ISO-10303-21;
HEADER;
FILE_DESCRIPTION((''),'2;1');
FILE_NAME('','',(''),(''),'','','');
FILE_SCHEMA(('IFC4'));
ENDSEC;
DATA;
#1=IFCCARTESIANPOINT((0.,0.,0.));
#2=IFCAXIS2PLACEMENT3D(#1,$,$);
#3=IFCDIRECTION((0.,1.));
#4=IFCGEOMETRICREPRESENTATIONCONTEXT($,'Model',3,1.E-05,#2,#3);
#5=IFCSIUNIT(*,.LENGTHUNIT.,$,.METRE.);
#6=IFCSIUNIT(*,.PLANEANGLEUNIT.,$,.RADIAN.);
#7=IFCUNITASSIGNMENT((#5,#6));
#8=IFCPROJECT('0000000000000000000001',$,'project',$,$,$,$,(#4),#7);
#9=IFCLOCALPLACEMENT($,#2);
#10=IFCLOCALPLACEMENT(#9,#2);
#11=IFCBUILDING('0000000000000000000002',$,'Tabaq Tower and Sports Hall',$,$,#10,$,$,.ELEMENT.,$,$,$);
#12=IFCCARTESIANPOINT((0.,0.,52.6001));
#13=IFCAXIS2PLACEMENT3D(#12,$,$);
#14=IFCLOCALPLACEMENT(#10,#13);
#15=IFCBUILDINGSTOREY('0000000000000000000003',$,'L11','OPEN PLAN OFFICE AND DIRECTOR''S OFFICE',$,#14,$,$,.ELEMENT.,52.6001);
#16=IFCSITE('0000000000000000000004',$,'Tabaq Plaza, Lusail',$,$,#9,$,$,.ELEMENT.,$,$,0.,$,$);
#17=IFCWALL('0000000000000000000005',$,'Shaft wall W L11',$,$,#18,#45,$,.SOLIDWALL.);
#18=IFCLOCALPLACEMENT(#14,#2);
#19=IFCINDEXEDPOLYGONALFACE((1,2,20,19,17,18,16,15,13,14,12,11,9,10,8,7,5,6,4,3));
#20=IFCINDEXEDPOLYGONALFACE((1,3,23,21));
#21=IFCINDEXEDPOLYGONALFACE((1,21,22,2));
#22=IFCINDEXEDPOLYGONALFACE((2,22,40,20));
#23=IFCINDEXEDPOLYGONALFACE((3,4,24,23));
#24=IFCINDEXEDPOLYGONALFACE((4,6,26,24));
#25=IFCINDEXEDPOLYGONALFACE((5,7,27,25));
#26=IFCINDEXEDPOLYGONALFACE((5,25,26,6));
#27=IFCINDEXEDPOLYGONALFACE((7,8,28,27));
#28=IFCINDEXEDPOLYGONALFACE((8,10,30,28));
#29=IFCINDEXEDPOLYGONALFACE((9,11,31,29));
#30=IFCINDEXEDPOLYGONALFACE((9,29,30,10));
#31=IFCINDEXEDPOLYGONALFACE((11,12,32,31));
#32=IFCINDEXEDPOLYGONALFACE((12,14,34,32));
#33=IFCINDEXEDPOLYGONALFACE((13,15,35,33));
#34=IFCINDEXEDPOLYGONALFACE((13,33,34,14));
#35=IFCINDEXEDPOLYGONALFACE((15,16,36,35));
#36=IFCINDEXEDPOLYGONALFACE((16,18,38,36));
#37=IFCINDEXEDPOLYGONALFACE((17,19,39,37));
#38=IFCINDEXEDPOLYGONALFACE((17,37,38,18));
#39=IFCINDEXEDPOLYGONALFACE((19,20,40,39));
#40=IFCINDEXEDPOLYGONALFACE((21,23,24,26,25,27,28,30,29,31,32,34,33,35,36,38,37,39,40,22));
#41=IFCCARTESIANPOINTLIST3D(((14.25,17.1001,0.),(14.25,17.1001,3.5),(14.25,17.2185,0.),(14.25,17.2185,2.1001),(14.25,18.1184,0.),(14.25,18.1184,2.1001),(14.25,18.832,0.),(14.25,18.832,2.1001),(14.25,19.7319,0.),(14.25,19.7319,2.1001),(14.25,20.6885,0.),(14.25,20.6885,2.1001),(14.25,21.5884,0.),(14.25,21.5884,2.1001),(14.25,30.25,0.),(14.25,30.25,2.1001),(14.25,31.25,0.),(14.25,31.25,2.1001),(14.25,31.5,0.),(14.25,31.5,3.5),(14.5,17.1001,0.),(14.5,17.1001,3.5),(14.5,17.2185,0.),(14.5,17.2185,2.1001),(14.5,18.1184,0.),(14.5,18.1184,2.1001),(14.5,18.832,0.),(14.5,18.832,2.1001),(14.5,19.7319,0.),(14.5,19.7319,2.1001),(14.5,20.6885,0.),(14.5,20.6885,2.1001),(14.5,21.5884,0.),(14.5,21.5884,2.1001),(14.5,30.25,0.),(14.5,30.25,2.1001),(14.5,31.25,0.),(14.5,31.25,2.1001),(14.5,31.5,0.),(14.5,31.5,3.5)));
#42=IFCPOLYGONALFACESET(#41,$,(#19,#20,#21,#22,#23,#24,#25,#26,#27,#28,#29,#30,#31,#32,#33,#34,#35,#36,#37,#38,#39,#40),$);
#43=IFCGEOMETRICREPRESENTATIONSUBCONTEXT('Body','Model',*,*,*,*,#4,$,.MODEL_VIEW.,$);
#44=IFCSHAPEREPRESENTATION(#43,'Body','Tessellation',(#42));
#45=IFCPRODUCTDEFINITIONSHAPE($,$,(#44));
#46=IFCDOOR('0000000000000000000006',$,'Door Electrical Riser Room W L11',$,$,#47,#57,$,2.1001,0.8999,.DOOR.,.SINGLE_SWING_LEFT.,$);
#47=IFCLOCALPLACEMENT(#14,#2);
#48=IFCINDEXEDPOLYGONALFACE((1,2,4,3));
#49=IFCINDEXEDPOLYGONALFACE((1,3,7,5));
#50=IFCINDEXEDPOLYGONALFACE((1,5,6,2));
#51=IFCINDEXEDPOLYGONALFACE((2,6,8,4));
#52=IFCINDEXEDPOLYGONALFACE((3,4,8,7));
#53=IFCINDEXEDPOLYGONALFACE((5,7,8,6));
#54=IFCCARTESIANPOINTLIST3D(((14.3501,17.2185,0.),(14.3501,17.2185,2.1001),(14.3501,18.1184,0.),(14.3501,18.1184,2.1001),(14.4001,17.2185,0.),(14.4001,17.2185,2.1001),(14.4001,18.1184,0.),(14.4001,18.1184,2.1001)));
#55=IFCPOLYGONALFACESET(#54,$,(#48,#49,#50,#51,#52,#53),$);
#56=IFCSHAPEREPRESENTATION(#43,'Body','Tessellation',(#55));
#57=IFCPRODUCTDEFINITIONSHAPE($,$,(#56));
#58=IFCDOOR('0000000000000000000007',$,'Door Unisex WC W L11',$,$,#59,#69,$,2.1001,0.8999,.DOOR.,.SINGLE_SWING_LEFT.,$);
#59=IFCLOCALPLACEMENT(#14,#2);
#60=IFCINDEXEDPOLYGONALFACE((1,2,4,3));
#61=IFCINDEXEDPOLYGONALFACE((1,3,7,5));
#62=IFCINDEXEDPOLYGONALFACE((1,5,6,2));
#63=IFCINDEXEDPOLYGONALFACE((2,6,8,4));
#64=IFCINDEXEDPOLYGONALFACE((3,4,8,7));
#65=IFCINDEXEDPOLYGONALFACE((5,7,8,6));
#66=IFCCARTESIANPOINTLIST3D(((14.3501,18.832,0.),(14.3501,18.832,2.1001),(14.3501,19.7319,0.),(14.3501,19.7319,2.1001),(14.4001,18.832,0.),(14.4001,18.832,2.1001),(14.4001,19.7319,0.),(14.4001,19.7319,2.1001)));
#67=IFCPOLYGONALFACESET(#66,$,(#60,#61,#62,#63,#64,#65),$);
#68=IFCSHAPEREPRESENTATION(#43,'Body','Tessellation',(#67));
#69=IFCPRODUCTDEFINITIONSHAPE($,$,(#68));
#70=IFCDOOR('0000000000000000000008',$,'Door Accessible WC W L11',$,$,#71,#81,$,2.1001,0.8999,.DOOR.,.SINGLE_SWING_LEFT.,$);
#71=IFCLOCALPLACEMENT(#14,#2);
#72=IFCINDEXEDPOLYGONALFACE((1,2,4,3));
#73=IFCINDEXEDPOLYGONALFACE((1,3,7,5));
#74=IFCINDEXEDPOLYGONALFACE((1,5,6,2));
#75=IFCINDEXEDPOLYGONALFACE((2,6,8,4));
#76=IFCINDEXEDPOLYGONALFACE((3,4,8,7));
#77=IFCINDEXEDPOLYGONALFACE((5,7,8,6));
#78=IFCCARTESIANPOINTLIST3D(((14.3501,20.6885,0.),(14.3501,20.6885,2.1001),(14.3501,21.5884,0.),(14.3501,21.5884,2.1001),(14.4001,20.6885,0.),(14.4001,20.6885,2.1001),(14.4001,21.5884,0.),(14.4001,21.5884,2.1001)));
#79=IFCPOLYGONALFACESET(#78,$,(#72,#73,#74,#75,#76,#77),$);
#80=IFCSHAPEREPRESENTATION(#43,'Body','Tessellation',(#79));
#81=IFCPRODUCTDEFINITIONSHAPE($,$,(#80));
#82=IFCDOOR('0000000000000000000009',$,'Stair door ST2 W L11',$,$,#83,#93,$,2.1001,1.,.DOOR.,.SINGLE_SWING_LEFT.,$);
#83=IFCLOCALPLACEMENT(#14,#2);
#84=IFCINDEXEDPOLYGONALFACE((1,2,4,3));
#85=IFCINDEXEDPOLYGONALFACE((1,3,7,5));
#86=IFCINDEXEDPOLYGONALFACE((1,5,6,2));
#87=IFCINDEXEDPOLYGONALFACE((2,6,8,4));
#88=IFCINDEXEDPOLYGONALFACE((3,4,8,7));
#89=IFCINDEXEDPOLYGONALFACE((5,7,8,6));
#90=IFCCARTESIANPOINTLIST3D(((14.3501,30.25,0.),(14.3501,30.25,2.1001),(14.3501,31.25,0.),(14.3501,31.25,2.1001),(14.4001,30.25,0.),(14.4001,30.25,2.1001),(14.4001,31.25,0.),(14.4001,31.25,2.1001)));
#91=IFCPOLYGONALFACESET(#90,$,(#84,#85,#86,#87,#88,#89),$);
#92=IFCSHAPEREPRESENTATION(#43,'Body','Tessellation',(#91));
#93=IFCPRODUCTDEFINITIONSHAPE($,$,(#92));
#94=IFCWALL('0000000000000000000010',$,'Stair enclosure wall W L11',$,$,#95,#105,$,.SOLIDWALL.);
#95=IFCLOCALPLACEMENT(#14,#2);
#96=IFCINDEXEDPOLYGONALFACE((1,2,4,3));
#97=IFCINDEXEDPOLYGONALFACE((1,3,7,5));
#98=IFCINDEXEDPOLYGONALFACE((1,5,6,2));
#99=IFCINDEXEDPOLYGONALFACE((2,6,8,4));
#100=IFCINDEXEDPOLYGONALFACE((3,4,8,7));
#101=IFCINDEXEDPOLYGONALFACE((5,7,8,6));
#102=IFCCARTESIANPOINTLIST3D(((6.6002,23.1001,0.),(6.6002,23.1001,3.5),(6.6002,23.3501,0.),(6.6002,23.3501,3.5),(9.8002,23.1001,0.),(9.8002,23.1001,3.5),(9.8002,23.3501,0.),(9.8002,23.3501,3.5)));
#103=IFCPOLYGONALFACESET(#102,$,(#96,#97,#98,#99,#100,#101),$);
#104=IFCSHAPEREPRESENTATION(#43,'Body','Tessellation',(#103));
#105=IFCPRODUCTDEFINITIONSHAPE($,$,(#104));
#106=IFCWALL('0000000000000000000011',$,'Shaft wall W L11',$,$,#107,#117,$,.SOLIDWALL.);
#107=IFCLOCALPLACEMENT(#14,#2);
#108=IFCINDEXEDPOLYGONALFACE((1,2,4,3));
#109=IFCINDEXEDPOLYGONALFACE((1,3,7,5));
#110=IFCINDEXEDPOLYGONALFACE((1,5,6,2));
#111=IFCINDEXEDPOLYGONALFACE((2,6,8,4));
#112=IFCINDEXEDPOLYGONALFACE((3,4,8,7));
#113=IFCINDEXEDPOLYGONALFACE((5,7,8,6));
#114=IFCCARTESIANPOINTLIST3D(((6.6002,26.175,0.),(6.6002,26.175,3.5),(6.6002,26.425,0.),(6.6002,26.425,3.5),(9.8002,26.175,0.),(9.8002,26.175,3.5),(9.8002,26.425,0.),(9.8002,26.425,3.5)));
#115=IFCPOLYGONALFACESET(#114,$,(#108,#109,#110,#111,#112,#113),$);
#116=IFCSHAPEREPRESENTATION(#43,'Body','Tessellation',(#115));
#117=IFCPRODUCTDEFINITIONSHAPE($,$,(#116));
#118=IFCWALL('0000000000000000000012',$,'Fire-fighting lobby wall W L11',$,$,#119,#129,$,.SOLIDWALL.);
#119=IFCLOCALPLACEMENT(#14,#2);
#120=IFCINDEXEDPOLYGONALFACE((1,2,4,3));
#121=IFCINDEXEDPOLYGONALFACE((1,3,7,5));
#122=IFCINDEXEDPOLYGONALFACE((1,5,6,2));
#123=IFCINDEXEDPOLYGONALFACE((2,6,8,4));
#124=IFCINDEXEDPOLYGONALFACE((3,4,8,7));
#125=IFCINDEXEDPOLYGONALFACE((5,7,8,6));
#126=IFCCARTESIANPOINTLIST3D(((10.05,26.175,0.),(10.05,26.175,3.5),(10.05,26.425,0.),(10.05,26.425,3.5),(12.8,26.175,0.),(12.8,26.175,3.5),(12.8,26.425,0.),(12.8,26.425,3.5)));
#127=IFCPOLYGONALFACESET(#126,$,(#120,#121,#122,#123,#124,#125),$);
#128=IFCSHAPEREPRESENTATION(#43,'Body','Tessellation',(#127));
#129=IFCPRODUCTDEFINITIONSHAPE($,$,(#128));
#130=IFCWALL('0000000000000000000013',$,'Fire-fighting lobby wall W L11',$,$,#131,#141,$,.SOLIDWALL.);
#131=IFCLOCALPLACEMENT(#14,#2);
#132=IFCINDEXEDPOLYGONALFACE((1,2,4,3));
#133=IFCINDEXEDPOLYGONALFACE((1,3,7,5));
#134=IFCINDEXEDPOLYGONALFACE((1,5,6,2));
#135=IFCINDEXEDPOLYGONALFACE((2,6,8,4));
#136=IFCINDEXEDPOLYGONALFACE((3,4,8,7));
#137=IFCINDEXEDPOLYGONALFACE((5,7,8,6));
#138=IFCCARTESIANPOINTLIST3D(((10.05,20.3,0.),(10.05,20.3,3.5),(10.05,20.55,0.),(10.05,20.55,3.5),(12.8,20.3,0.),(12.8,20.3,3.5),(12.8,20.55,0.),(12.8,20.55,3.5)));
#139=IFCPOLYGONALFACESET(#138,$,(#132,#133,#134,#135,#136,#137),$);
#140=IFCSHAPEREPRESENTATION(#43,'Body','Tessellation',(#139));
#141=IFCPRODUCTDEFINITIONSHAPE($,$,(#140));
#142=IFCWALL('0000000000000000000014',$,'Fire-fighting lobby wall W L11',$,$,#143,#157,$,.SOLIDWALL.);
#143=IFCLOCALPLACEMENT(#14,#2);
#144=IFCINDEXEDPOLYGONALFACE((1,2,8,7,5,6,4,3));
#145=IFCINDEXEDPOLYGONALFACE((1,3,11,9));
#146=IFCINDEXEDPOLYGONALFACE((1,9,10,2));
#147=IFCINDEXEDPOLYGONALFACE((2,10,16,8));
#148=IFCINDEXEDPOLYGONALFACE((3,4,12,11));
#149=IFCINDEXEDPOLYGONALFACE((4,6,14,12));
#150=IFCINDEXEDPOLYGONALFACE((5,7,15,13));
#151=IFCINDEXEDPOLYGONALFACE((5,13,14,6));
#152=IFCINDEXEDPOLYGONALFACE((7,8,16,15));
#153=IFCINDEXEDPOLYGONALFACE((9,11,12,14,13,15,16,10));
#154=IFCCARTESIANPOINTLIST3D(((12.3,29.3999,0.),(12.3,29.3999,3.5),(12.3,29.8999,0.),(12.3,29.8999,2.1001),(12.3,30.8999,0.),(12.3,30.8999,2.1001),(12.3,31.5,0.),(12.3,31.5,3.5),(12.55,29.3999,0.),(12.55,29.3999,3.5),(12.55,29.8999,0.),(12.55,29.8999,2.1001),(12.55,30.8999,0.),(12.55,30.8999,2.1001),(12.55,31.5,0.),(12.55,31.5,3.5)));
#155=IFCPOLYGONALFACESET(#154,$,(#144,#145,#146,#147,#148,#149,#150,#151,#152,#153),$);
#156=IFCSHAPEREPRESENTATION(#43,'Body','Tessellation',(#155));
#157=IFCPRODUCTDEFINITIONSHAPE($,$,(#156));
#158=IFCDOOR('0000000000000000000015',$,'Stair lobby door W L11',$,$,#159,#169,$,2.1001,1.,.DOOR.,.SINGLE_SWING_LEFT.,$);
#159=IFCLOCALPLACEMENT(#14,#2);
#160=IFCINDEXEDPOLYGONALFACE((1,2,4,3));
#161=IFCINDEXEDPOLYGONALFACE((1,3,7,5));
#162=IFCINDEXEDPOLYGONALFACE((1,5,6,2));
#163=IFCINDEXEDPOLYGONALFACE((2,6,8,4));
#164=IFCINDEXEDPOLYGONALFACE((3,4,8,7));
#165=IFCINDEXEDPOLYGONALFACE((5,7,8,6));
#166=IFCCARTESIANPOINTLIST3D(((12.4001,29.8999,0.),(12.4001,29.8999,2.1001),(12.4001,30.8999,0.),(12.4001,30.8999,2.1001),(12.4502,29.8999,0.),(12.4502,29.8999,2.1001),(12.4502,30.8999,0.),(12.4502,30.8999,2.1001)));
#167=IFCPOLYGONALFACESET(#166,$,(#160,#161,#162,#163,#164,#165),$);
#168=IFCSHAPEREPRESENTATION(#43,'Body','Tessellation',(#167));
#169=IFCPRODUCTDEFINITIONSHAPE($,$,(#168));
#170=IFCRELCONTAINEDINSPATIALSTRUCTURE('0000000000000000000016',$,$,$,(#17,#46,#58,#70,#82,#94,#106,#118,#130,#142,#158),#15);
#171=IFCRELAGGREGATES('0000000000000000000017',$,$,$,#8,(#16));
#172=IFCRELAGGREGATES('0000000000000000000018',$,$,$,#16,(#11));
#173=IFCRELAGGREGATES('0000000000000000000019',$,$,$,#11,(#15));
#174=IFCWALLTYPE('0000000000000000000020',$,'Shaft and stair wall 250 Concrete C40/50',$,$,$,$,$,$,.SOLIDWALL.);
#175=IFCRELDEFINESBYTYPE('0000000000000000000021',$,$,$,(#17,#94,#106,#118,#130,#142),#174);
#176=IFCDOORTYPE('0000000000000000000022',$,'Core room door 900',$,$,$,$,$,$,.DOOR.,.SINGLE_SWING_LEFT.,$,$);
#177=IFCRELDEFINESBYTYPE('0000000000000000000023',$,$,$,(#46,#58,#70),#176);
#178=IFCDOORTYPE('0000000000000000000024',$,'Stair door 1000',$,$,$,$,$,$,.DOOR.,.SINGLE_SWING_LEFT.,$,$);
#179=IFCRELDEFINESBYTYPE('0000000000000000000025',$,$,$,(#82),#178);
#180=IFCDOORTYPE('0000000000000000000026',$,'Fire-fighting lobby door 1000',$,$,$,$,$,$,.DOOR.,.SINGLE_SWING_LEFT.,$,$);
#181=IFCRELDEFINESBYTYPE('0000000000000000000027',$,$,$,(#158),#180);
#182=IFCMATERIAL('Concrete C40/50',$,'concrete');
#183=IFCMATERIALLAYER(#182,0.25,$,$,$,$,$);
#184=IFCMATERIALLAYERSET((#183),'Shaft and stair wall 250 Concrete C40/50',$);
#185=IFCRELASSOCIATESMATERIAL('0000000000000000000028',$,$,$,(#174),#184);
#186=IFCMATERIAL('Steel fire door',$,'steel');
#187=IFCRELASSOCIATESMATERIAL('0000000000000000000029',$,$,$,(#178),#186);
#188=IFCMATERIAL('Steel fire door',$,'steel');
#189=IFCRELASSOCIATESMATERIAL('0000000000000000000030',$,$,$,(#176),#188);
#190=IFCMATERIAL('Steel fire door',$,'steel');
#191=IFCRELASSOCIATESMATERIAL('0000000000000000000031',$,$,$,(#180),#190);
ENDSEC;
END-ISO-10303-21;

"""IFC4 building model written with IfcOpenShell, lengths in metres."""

from ifc_helpers import new_model, si_unit, direction, frame, frame_2d, origin, place, context, subcontext, project, spatial, rectangle, extrude, material, layer, layer_set, type_object, element, fill, save


model = new_model("IFC4")

# Units and contexts
model_context = context("Model", 3, precision=1e-05, world=origin(), true_north=direction((0.0, 1.0)))
body_context = subcontext(model_context, "Body", "Model", "MODEL_VIEW")
ifc_project = project(units=[si_unit("LENGTHUNIT", "METRE"), si_unit("PLANEANGLEUNIT", "RADIAN")], contexts=[model_context])

# Site, building, storey
site_placement = place(None, origin())
site = spatial("IfcSite", under=ifc_project, at=site_placement, Name="Tabaq Plaza, Lusail", CompositionType="ELEMENT", RefElevation=0.0)
building_placement = place(site_placement, origin())
building = spatial("IfcBuilding", under=site, at=building_placement, Name="Tabaq Tower and Sports Hall", CompositionType="ELEMENT")
storey_placement = place(building_placement, frame((0.0, 0.0, 52.6001)))
storey = spatial("IfcBuildingStorey", under=building, at=storey_placement, Name="L11", Description="OPEN PLAN OFFICE AND DIRECTOR'S OFFICE", CompositionType="ELEMENT", Elevation=52.6001)

# Wall, openings, doors
ifc_material_1 = material(Name="Concrete C40/50", Category="concrete")
ifc_layer_1 = layer(ifc_material_1, 0.25)
ifc_layer_set_1 = layer_set([ifc_layer_1], Name="Shaft and stair wall 250 Concrete C40/50")
wall_type_1 = type_object("IfcWallType", Name="Shaft and stair wall 250 Concrete C40/50", PredefinedType="SOLIDWALL", material=ifc_layer_set_1)
ifc_material_2 = material(Name="Steel fire door", Category="steel")
door_type_1 = type_object("IfcDoorType", Name="Stair door 1000", OperationType="SINGLE_SWING_LEFT", PredefinedType="DOOR", material=ifc_material_2)
wall_1_placement = place(storey_placement, frame((14.375, 17.1001, 0.0), z_axis=(0.0, 0.0, 1.0), x_axis=(0.0, 1.0, 0.0)))
wall_1 = element("IfcWall", 1, at=wall_1_placement, inside=storey, type_object=wall_type_1, Name="Shaft wall W L11", PredefinedType="SOLIDWALL", context=body_context, shape_type="SweptSolid", body=[
    extrude(rectangle(XDim=14.3999, YDim=0.25, at=frame_2d((7.2, 0.0))), origin(), (0.0, 0.0, 1.0), 3.5),
])
opening_1_placement = place(wall_1_placement, frame((13.1499, 0.0, 0.0)))
opening_1 = element("IfcOpeningElement", 2, at=opening_1_placement, cuts=wall_1, PredefinedType="OPENING", context=body_context, shape_type="SweptSolid", body=[
    extrude(rectangle(XDim=1.0, YDim=2.1001, at=frame_2d((0.5, 1.05))), frame((0.0, 0.125, 0.0), z_axis=(0.0, -1.0, 0.0), x_axis=(1.0, 0.0, 0.0)), (0.0, 0.0, 1.0), 0.25),
])
opening_2_placement = place(wall_1_placement, frame((0.1184, 0.0, 0.0)))
opening_2 = element("IfcOpeningElement", 3, at=opening_2_placement, cuts=wall_1, PredefinedType="OPENING", context=body_context, shape_type="SweptSolid", body=[
    extrude(rectangle(XDim=0.8999, YDim=2.1001, at=frame_2d((0.45, 1.05))), frame((0.0, 0.125, 0.0), z_axis=(0.0, -1.0, 0.0), x_axis=(1.0, 0.0, 0.0)), (0.0, 0.0, 1.0), 0.25),
])
opening_3_placement = place(wall_1_placement, frame((1.7319, 0.0, 0.0)))
opening_3 = element("IfcOpeningElement", 4, at=opening_3_placement, cuts=wall_1, PredefinedType="OPENING", context=body_context, shape_type="SweptSolid", body=[
    extrude(rectangle(XDim=0.8999, YDim=2.1001, at=frame_2d((0.45, 1.05))), frame((0.0, 0.125, 0.0), z_axis=(0.0, -1.0, 0.0), x_axis=(1.0, 0.0, 0.0)), (0.0, 0.0, 1.0), 0.25),
])
opening_4_placement = place(wall_1_placement, frame((3.5884, 0.0, 0.0)))
opening_4 = element("IfcOpeningElement", 5, at=opening_4_placement, cuts=wall_1, PredefinedType="OPENING", context=body_context, shape_type="SweptSolid", body=[
    extrude(rectangle(XDim=0.8999, YDim=2.1001, at=frame_2d((0.45, 1.05))), frame((0.0, 0.125, 0.0), z_axis=(0.0, -1.0, 0.0), x_axis=(1.0, 0.0, 0.0)), (0.0, 0.0, 1.0), 0.25),
])
ifc_material_3 = material(Name="Steel fire door", Category="steel")
door_type_2 = type_object("IfcDoorType", Name="Core room door 900", OperationType="SINGLE_SWING_LEFT", PredefinedType="DOOR", material=ifc_material_3)
door_1_placement = place(opening_2_placement, origin())
door_1 = element("IfcDoor", 6, at=door_1_placement, inside=storey, type_object=door_type_2, Name="Door Electrical Riser Room W L11", OperationType="SINGLE_SWING_LEFT", OverallHeight=2.1001, OverallWidth=0.8999, PredefinedType="DOOR", context=body_context, shape_type="SweptSolid", body=[
    extrude(rectangle(XDim=0.8999, YDim=2.1001, at=frame_2d((0.45, 1.05))), frame((0.0, 0.0249, 0.0), z_axis=(0.0, -1.0, 0.0), x_axis=(1.0, 0.0, 0.0)), (0.0, 0.0, 1.0), 0.05),
])
fill(opening_2, door_1)
door_2_placement = place(opening_3_placement, origin())
door_2 = element("IfcDoor", 7, at=door_2_placement, inside=storey, type_object=door_type_2, Name="Door Unisex WC W L11", OperationType="SINGLE_SWING_LEFT", OverallHeight=2.1001, OverallWidth=0.8999, PredefinedType="DOOR", context=body_context, shape_type="SweptSolid", body=[
    extrude(rectangle(XDim=0.8999, YDim=2.1001, at=frame_2d((0.45, 1.05))), frame((0.0, 0.0249, 0.0), z_axis=(0.0, -1.0, 0.0), x_axis=(1.0, 0.0, 0.0)), (0.0, 0.0, 1.0), 0.05),
])
fill(opening_3, door_2)
door_3_placement = place(opening_4_placement, origin())
door_3 = element("IfcDoor", 8, at=door_3_placement, inside=storey, type_object=door_type_2, Name="Door Accessible WC W L11", OperationType="SINGLE_SWING_LEFT", OverallHeight=2.1001, OverallWidth=0.8999, PredefinedType="DOOR", context=body_context, shape_type="SweptSolid", body=[
    extrude(rectangle(XDim=0.8999, YDim=2.1001, at=frame_2d((0.45, 1.05))), frame((0.0, 0.0249, 0.0), z_axis=(0.0, -1.0, 0.0), x_axis=(1.0, 0.0, 0.0)), (0.0, 0.0, 1.0), 0.05),
])
fill(opening_4, door_3)
door_4_placement = place(opening_1_placement, origin())
door_4 = element("IfcDoor", 9, at=door_4_placement, inside=storey, type_object=door_type_1, Name="Stair door ST2 W L11", OperationType="SINGLE_SWING_LEFT", OverallHeight=2.1001, OverallWidth=1.0, PredefinedType="DOOR", context=body_context, shape_type="SweptSolid", body=[
    extrude(rectangle(XDim=1.0, YDim=2.1001, at=frame_2d((0.5, 1.05))), frame((0.0, 0.0249, 0.0), z_axis=(0.0, -1.0, 0.0), x_axis=(1.0, 0.0, 0.0)), (0.0, 0.0, 1.0), 0.05),
])
fill(opening_1, door_4)

# Walls
for number, where, z_axis, x_axis, name in (
    (10, (6.6001, 23.2251, 0.0), (0.0, 0.0, 1.0), (1.0, 0.0, 0.0), "Stair enclosure wall W L11"),
    (11, (6.6001, 26.3, 0.0), (0.0, 0.0, 1.0), (1.0, 0.0, 0.0), "Shaft wall W L11"),
):
    element("IfcWall", number, at=place(storey_placement, frame(where, z_axis=z_axis, x_axis=x_axis)), inside=storey, type_object=wall_type_1, Name=name, PredefinedType="SOLIDWALL", context=body_context, shape_type="SweptSolid", body=[
        extrude(rectangle(XDim=3.2, YDim=0.25, at=frame_2d((1.6001, 0.0))), origin(), (0.0, 0.0, 1.0), 3.5),
    ])
for number, where, z_axis, x_axis, name in (
    (12, (10.05, 26.3, 0.0), (0.0, 0.0, 1.0), (1.0, 0.0, 0.0), "Fire-fighting lobby wall W L11"),
    (13, (10.05, 20.425, 0.0), (0.0, 0.0, 1.0), (1.0, 0.0, 0.0), "Fire-fighting lobby wall W L11"),
):
    element("IfcWall", number, at=place(storey_placement, frame(where, z_axis=z_axis, x_axis=x_axis)), inside=storey, type_object=wall_type_1, Name=name, PredefinedType="SOLIDWALL", context=body_context, shape_type="SweptSolid", body=[
        extrude(rectangle(XDim=2.75, YDim=0.25, at=frame_2d((1.375, 0.0))), origin(), (0.0, 0.0, 1.0), 3.5),
    ])

# Wall, opening, door
wall_2_placement = place(storey_placement, frame((12.425, 29.3999, 0.0), z_axis=(0.0, 0.0, 1.0), x_axis=(0.0, 1.0, 0.0)))
wall_2 = element("IfcWall", 14, at=wall_2_placement, inside=storey, type_object=wall_type_1, Name="Fire-fighting lobby wall W L11", PredefinedType="SOLIDWALL", context=body_context, shape_type="SweptSolid", body=[
    extrude(rectangle(XDim=2.1001, YDim=0.25, at=frame_2d((1.05, 0.0))), origin(), (0.0, 0.0, 1.0), 3.5),
])
opening_5_placement = place(wall_2_placement, frame((0.5, 0.0, 0.0)))
opening_5 = element("IfcOpeningElement", 15, at=opening_5_placement, cuts=wall_2, PredefinedType="OPENING", context=body_context, shape_type="SweptSolid", body=[
    extrude(rectangle(XDim=1.0, YDim=2.1001, at=frame_2d((0.5, 1.05))), frame((0.0, 0.125, 0.0), z_axis=(0.0, -1.0, 0.0), x_axis=(1.0, 0.0, 0.0)), (0.0, 0.0, 1.0), 0.25),
])
ifc_material_4 = material(Name="Steel fire door", Category="steel")
door_type_3 = type_object("IfcDoorType", Name="Fire-fighting lobby door 1000", OperationType="SINGLE_SWING_LEFT", PredefinedType="DOOR", material=ifc_material_4)
door_5_placement = place(opening_5_placement, origin())
door_5 = element("IfcDoor", 16, at=door_5_placement, inside=storey, type_object=door_type_3, Name="Stair lobby door W L11", OperationType="SINGLE_SWING_LEFT", OverallHeight=2.1001, OverallWidth=1.0, PredefinedType="DOOR", context=body_context, shape_type="SweptSolid", body=[
    extrude(rectangle(XDim=1.0, YDim=2.1001, at=frame_2d((0.5, 1.05))), frame((0.0, 0.0249, 0.0), z_axis=(0.0, -1.0, 0.0), x_axis=(1.0, 0.0, 0.0)), (0.0, 0.0, 1.0), 0.05),
])
fill(opening_5, door_5)

save(model, "model.ifc")
